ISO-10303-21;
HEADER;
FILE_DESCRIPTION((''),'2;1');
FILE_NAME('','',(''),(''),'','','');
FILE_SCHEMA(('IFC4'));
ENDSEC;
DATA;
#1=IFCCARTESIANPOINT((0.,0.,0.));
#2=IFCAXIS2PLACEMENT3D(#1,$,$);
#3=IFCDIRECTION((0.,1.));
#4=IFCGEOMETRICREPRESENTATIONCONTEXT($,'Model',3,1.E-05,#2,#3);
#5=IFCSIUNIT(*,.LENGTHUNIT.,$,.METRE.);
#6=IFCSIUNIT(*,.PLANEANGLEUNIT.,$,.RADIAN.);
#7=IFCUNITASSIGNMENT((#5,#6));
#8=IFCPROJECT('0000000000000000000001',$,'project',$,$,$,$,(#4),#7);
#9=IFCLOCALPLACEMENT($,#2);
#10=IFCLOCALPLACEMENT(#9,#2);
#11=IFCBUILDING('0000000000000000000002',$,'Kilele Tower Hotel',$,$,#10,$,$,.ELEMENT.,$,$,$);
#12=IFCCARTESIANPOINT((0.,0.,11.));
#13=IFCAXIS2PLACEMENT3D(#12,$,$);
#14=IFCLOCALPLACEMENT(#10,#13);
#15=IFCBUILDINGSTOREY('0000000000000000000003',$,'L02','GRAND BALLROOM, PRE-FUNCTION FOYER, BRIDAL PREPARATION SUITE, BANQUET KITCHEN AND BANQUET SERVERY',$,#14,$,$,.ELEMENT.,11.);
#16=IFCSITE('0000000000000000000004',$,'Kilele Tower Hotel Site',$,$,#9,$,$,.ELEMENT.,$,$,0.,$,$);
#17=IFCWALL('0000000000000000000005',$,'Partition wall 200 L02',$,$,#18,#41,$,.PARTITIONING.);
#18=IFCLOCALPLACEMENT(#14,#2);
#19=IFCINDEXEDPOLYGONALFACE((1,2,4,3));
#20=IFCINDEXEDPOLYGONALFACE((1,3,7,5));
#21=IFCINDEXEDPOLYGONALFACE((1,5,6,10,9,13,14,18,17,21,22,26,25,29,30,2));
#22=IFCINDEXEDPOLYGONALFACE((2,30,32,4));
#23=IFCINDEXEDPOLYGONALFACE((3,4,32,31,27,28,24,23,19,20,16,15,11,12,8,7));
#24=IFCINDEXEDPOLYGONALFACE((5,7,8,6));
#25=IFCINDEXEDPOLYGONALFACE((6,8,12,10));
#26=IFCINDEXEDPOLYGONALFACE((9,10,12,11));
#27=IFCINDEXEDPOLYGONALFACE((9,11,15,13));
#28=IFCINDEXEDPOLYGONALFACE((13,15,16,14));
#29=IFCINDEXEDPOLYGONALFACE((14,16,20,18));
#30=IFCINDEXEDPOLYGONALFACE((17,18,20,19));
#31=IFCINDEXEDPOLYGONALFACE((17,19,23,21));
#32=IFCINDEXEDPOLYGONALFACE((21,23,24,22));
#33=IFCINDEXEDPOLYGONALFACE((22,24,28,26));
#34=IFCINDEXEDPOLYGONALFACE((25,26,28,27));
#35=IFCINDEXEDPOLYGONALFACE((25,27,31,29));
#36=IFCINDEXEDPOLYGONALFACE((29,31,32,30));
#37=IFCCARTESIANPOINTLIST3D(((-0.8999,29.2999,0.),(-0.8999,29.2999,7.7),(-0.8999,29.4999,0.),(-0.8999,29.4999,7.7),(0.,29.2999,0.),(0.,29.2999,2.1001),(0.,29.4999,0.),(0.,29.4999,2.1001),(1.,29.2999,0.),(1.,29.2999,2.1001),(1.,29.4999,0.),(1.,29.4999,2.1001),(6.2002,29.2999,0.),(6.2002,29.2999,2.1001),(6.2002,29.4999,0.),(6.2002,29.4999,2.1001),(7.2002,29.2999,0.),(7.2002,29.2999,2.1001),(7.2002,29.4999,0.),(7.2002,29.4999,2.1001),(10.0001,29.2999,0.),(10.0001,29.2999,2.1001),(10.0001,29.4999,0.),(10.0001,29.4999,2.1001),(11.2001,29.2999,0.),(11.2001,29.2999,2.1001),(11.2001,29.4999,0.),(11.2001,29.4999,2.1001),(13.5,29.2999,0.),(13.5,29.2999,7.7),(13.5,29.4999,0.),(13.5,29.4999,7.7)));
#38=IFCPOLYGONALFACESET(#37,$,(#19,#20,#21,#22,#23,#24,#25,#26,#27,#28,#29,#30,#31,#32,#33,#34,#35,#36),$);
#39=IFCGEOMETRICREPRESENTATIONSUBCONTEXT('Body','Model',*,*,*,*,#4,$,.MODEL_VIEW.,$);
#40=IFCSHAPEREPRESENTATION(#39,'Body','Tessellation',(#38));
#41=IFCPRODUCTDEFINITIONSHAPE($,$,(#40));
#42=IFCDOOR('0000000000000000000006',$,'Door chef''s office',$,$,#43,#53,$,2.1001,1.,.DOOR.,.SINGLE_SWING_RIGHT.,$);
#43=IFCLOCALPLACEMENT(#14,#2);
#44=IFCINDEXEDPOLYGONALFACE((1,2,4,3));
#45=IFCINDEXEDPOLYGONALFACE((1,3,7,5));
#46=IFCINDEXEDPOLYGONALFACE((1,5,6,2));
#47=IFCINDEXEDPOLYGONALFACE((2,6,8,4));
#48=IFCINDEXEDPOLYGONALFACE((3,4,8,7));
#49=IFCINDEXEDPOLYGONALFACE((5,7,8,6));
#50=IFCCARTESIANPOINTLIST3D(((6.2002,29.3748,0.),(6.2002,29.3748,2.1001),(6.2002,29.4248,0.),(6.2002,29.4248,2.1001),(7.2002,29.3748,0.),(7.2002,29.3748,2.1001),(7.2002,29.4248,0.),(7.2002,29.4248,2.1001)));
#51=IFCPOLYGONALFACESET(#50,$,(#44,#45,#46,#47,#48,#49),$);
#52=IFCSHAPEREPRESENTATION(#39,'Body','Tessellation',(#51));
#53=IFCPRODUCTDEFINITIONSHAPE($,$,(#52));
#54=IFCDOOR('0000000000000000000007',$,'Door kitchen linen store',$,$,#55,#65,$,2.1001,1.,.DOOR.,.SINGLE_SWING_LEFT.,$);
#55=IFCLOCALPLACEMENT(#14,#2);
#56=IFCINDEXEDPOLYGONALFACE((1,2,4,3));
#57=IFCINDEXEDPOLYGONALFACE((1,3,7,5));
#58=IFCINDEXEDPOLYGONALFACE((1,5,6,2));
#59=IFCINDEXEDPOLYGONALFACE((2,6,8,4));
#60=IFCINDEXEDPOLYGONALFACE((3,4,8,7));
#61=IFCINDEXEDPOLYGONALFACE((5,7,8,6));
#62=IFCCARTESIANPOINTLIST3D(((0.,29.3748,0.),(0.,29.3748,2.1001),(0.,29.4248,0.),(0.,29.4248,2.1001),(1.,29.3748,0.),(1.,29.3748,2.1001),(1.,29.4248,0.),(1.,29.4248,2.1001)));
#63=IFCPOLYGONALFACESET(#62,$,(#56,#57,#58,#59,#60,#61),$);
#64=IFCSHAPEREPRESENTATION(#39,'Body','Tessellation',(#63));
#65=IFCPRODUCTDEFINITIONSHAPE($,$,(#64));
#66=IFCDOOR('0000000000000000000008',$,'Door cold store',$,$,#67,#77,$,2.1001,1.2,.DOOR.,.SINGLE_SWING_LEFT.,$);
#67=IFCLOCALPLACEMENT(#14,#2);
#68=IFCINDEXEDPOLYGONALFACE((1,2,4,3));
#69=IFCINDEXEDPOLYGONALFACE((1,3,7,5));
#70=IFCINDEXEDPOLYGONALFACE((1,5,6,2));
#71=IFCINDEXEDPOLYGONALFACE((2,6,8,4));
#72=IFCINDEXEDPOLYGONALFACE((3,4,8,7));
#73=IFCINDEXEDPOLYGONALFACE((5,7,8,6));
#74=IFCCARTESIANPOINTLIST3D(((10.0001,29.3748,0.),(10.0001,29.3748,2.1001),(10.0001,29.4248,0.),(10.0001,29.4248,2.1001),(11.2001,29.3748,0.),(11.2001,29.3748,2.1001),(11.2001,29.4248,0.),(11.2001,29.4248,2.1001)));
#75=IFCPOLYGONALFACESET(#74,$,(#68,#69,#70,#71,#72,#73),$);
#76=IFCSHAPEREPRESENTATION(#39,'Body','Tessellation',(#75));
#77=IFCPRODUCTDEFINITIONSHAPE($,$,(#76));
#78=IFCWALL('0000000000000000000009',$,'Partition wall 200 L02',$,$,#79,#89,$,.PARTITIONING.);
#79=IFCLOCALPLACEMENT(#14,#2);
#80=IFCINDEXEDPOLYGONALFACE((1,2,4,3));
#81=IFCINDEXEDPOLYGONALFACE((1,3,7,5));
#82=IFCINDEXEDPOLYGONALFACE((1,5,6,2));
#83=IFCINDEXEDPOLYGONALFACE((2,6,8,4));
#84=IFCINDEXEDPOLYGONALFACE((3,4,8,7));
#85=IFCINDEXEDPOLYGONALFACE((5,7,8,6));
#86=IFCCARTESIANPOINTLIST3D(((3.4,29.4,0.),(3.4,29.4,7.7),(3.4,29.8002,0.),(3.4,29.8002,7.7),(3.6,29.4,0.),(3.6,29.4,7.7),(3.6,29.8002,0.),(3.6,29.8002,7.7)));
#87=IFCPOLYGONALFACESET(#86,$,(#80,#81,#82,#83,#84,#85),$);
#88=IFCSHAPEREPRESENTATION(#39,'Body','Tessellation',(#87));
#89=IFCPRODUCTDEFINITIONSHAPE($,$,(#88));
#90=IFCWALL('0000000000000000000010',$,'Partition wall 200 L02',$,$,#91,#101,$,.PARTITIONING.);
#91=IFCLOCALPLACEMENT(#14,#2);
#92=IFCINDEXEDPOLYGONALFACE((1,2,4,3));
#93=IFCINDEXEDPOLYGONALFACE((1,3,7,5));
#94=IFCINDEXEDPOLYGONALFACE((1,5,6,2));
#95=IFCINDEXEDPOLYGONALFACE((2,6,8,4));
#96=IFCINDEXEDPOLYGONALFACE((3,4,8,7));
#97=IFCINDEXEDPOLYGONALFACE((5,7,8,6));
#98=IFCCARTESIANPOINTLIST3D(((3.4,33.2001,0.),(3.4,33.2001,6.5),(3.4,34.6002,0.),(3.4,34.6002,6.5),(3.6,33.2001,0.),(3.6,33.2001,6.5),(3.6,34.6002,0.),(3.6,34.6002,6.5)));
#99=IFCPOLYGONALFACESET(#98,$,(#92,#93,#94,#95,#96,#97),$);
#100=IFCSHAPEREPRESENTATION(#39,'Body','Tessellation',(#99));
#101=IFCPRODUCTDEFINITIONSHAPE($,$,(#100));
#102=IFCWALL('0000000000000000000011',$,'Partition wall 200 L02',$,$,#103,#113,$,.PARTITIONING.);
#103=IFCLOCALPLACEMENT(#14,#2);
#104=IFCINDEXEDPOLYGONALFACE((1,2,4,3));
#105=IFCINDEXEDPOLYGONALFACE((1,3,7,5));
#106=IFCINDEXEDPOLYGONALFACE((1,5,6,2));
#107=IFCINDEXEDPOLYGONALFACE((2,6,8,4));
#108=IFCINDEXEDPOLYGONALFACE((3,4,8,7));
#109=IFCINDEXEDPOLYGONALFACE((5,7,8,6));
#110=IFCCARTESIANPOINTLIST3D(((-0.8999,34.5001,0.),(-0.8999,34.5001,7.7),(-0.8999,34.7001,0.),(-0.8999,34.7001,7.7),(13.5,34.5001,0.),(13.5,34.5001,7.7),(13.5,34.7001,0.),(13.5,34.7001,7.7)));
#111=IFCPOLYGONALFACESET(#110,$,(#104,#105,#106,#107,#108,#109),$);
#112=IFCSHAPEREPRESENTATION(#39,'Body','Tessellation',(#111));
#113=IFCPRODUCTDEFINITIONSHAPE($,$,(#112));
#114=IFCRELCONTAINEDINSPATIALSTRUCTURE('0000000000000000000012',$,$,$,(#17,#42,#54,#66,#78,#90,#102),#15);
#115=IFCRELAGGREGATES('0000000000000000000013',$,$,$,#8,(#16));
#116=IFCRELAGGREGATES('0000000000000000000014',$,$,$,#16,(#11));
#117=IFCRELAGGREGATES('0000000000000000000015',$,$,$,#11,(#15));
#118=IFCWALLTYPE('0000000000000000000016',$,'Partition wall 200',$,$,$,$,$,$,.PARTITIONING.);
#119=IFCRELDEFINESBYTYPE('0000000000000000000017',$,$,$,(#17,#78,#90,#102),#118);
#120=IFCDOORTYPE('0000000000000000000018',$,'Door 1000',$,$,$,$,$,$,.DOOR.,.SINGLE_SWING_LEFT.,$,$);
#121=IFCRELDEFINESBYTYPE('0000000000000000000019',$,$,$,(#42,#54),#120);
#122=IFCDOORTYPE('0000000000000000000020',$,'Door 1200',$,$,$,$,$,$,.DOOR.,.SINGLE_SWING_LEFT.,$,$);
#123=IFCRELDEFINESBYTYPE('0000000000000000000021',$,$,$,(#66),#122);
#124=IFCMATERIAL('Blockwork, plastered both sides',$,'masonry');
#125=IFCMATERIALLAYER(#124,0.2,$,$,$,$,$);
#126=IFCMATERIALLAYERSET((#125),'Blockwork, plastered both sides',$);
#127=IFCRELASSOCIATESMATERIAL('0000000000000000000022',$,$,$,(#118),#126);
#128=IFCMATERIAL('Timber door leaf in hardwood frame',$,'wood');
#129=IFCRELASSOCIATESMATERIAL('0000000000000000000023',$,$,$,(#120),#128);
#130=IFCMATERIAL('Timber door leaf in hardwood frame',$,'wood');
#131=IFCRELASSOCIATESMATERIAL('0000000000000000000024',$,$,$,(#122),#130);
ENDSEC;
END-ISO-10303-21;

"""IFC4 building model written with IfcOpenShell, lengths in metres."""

from ifc_helpers import new_model, si_unit, direction, frame, frame_2d, origin, place, context, subcontext, project, spatial, rectangle, extrude, material, layer, layer_set, type_object, element, fill, save


model = new_model("IFC4")

# Units and contexts
model_context = context("Model", 3, precision=1e-05, world=origin(), true_north=direction((0.0, 1.0)))
body_context = subcontext(model_context, "Body", "Model", "MODEL_VIEW")
ifc_project = project(units=[si_unit("LENGTHUNIT", "METRE"), si_unit("PLANEANGLEUNIT", "RADIAN")], contexts=[model_context])

# Site, building, storey
site_placement = place(None, origin())
site = spatial("IfcSite", under=ifc_project, at=site_placement, Name="Kilele Tower Hotel Site", CompositionType="ELEMENT", RefElevation=0.0)
building_placement = place(site_placement, origin())
building = spatial("IfcBuilding", under=site, at=building_placement, Name="Kilele Tower Hotel", CompositionType="ELEMENT")
storey_placement = place(building_placement, frame((0.0, 0.0, 11.0)))
storey = spatial("IfcBuildingStorey", under=building, at=storey_placement, Name="L02", Description="GRAND BALLROOM, PRE-FUNCTION FOYER, BRIDAL PREPARATION SUITE, BANQUET KITCHEN AND BANQUET SERVERY", CompositionType="ELEMENT", Elevation=11.0)

# Shared definitions
ifc_material_1 = material(Name="Blockwork, plastered both sides", Category="masonry")
ifc_layer_1 = layer(ifc_material_1, 0.2)
ifc_layer_set_1 = layer_set([ifc_layer_1], Name="Blockwork, plastered both sides")
wall_type = type_object("IfcWallType", Name="Partition wall 200", PredefinedType="PARTITIONING", material=ifc_layer_set_1)
ifc_material_2 = material(Name="Timber door leaf in hardwood frame", Category="wood")
door_type_1 = type_object("IfcDoorType", Name="Door 1000", OperationType="SINGLE_SWING_LEFT", PredefinedType="DOOR", material=ifc_material_2)

# Wall, openings, doors
wall_1_placement = place(storey_placement, frame((-0.8999, 29.3999, 0.0), z_axis=(0.0, 0.0, 1.0), x_axis=(1.0, 0.0, 0.0)))
wall_1 = element("IfcWall", 1, at=wall_1_placement, inside=storey, type_object=wall_type, Name="Partition wall 200 L02", PredefinedType="PARTITIONING", context=body_context, shape_type="SweptSolid", body=[
    extrude(rectangle(XDim=14.3999, YDim=0.2, at=frame_2d((7.2, 0.0))), origin(), (0.0, 0.0, 1.0), 7.7),
])
opening_1_placement = place(wall_1_placement, frame((7.1001, 0.0, 0.0)))
opening_1 = element("IfcOpeningElement", 2, at=opening_1_placement, cuts=wall_1, PredefinedType="OPENING", context=body_context, shape_type="SweptSolid", body=[
    extrude(rectangle(XDim=1.0, YDim=2.1001, at=frame_2d((0.5, 1.05))), frame((0.0, 0.1099, 0.0), z_axis=(0.0, -1.0, 0.0), x_axis=(1.0, 0.0, 0.0)), (0.0, 0.0, 1.0), 0.22),
])
opening_2_placement = place(wall_1_placement, frame((0.8999, 0.0, 0.0)))
opening_2 = element("IfcOpeningElement", 3, at=opening_2_placement, cuts=wall_1, PredefinedType="OPENING", context=body_context, shape_type="SweptSolid", body=[
    extrude(rectangle(XDim=1.0, YDim=2.1001, at=frame_2d((0.5, 1.05))), frame((0.0, 0.1099, 0.0), z_axis=(0.0, -1.0, 0.0), x_axis=(1.0, 0.0, 0.0)), (0.0, 0.0, 1.0), 0.22),
])
opening_3_placement = place(wall_1_placement, frame((10.8999, 0.0, 0.0)))
opening_3 = element("IfcOpeningElement", 4, at=opening_3_placement, cuts=wall_1, PredefinedType="OPENING", context=body_context, shape_type="SweptSolid", body=[
    extrude(rectangle(XDim=1.2, YDim=2.1001, at=frame_2d((0.6001, 1.05))), frame((0.0, 0.1099, 0.0), z_axis=(0.0, -1.0, 0.0), x_axis=(1.0, 0.0, 0.0)), (0.0, 0.0, 1.0), 0.22),
])
door_1_placement = place(opening_1_placement, origin())
door_1 = element("IfcDoor", 5, at=door_1_placement, inside=storey, type_object=door_type_1, Name="Door chef's office", OperationType="SINGLE_SWING_RIGHT", OverallHeight=2.1001, OverallWidth=1.0, PredefinedType="DOOR", context=body_context, shape_type="SweptSolid", body=[
    extrude(rectangle(XDim=1.0, YDim=2.1001, at=frame_2d((0.5, 1.05))), frame((0.0, 0.0249, 0.0), z_axis=(0.0, -1.0, 0.0), x_axis=(1.0, 0.0, 0.0)), (0.0, 0.0, 1.0), 0.05),
])
fill(opening_1, door_1)
door_2_placement = place(opening_2_placement, origin())
door_2 = element("IfcDoor", 6, at=door_2_placement, inside=storey, type_object=door_type_1, Name="Door kitchen linen store", OperationType="SINGLE_SWING_LEFT", OverallHeight=2.1001, OverallWidth=1.0, PredefinedType="DOOR", context=body_context, shape_type="SweptSolid", body=[
    extrude(rectangle(XDim=1.0, YDim=2.1001, at=frame_2d((0.5, 1.05))), frame((0.0, 0.0249, 0.0), z_axis=(0.0, -1.0, 0.0), x_axis=(1.0, 0.0, 0.0)), (0.0, 0.0, 1.0), 0.05),
])
fill(opening_2, door_2)
ifc_material_3 = material(Name="Timber door leaf in hardwood frame", Category="wood")
door_type_2 = type_object("IfcDoorType", Name="Door 1200", OperationType="SINGLE_SWING_LEFT", PredefinedType="DOOR", material=ifc_material_3)
door_3_placement = place(opening_3_placement, origin())
door_3 = element("IfcDoor", 7, at=door_3_placement, inside=storey, type_object=door_type_2, Name="Door cold store", OperationType="SINGLE_SWING_LEFT", OverallHeight=2.1001, OverallWidth=1.2, PredefinedType="DOOR", context=body_context, shape_type="SweptSolid", body=[
    extrude(rectangle(XDim=1.2, YDim=2.1001, at=frame_2d((0.6001, 1.05))), frame((0.0, 0.0249, 0.0), z_axis=(0.0, -1.0, 0.0), x_axis=(1.0, 0.0, 0.0)), (0.0, 0.0, 1.0), 0.05),
])
fill(opening_3, door_3)

# Walls
wall_2_placement = place(storey_placement, frame((3.5, 29.3999, 0.0), z_axis=(0.0, 0.0, 1.0), x_axis=(0.0, 1.0, 0.0)))
element("IfcWall", 8, at=wall_2_placement, inside=storey, type_object=wall_type, Name="Partition wall 200 L02", PredefinedType="PARTITIONING", context=body_context, shape_type="SweptSolid", body=[
    extrude(rectangle(XDim=0.4001, YDim=0.2, at=frame_2d((0.2002, 0.0))), origin(), (0.0, 0.0, 1.0), 7.7),
])
wall_3_placement = place(storey_placement, frame((3.5, 33.2, 0.0), z_axis=(0.0, 0.0, 1.0), x_axis=(0.0, 1.0, 0.0)))
element("IfcWall", 9, at=wall_3_placement, inside=storey, type_object=wall_type, Name="Partition wall 200 L02", PredefinedType="PARTITIONING", context=body_context, shape_type="SweptSolid", body=[
    extrude(rectangle(XDim=1.4001, YDim=0.2, at=frame_2d((0.7002, 0.0))), origin(), (0.0, 0.0, 1.0), 6.5),
])
wall_4_placement = place(storey_placement, frame((-0.8999, 34.6001, 0.0), z_axis=(0.0, 0.0, 1.0), x_axis=(1.0, 0.0, 0.0)))
element("IfcWall", 10, at=wall_4_placement, inside=storey, type_object=wall_type, Name="Partition wall 200 L02", PredefinedType="PARTITIONING", context=body_context, shape_type="SweptSolid", body=[
    extrude(rectangle(XDim=14.3999, YDim=0.2, at=frame_2d((7.2, 0.0))), origin(), (0.0, 0.0, 1.0), 7.7),
])

save(model, "model.ifc")
